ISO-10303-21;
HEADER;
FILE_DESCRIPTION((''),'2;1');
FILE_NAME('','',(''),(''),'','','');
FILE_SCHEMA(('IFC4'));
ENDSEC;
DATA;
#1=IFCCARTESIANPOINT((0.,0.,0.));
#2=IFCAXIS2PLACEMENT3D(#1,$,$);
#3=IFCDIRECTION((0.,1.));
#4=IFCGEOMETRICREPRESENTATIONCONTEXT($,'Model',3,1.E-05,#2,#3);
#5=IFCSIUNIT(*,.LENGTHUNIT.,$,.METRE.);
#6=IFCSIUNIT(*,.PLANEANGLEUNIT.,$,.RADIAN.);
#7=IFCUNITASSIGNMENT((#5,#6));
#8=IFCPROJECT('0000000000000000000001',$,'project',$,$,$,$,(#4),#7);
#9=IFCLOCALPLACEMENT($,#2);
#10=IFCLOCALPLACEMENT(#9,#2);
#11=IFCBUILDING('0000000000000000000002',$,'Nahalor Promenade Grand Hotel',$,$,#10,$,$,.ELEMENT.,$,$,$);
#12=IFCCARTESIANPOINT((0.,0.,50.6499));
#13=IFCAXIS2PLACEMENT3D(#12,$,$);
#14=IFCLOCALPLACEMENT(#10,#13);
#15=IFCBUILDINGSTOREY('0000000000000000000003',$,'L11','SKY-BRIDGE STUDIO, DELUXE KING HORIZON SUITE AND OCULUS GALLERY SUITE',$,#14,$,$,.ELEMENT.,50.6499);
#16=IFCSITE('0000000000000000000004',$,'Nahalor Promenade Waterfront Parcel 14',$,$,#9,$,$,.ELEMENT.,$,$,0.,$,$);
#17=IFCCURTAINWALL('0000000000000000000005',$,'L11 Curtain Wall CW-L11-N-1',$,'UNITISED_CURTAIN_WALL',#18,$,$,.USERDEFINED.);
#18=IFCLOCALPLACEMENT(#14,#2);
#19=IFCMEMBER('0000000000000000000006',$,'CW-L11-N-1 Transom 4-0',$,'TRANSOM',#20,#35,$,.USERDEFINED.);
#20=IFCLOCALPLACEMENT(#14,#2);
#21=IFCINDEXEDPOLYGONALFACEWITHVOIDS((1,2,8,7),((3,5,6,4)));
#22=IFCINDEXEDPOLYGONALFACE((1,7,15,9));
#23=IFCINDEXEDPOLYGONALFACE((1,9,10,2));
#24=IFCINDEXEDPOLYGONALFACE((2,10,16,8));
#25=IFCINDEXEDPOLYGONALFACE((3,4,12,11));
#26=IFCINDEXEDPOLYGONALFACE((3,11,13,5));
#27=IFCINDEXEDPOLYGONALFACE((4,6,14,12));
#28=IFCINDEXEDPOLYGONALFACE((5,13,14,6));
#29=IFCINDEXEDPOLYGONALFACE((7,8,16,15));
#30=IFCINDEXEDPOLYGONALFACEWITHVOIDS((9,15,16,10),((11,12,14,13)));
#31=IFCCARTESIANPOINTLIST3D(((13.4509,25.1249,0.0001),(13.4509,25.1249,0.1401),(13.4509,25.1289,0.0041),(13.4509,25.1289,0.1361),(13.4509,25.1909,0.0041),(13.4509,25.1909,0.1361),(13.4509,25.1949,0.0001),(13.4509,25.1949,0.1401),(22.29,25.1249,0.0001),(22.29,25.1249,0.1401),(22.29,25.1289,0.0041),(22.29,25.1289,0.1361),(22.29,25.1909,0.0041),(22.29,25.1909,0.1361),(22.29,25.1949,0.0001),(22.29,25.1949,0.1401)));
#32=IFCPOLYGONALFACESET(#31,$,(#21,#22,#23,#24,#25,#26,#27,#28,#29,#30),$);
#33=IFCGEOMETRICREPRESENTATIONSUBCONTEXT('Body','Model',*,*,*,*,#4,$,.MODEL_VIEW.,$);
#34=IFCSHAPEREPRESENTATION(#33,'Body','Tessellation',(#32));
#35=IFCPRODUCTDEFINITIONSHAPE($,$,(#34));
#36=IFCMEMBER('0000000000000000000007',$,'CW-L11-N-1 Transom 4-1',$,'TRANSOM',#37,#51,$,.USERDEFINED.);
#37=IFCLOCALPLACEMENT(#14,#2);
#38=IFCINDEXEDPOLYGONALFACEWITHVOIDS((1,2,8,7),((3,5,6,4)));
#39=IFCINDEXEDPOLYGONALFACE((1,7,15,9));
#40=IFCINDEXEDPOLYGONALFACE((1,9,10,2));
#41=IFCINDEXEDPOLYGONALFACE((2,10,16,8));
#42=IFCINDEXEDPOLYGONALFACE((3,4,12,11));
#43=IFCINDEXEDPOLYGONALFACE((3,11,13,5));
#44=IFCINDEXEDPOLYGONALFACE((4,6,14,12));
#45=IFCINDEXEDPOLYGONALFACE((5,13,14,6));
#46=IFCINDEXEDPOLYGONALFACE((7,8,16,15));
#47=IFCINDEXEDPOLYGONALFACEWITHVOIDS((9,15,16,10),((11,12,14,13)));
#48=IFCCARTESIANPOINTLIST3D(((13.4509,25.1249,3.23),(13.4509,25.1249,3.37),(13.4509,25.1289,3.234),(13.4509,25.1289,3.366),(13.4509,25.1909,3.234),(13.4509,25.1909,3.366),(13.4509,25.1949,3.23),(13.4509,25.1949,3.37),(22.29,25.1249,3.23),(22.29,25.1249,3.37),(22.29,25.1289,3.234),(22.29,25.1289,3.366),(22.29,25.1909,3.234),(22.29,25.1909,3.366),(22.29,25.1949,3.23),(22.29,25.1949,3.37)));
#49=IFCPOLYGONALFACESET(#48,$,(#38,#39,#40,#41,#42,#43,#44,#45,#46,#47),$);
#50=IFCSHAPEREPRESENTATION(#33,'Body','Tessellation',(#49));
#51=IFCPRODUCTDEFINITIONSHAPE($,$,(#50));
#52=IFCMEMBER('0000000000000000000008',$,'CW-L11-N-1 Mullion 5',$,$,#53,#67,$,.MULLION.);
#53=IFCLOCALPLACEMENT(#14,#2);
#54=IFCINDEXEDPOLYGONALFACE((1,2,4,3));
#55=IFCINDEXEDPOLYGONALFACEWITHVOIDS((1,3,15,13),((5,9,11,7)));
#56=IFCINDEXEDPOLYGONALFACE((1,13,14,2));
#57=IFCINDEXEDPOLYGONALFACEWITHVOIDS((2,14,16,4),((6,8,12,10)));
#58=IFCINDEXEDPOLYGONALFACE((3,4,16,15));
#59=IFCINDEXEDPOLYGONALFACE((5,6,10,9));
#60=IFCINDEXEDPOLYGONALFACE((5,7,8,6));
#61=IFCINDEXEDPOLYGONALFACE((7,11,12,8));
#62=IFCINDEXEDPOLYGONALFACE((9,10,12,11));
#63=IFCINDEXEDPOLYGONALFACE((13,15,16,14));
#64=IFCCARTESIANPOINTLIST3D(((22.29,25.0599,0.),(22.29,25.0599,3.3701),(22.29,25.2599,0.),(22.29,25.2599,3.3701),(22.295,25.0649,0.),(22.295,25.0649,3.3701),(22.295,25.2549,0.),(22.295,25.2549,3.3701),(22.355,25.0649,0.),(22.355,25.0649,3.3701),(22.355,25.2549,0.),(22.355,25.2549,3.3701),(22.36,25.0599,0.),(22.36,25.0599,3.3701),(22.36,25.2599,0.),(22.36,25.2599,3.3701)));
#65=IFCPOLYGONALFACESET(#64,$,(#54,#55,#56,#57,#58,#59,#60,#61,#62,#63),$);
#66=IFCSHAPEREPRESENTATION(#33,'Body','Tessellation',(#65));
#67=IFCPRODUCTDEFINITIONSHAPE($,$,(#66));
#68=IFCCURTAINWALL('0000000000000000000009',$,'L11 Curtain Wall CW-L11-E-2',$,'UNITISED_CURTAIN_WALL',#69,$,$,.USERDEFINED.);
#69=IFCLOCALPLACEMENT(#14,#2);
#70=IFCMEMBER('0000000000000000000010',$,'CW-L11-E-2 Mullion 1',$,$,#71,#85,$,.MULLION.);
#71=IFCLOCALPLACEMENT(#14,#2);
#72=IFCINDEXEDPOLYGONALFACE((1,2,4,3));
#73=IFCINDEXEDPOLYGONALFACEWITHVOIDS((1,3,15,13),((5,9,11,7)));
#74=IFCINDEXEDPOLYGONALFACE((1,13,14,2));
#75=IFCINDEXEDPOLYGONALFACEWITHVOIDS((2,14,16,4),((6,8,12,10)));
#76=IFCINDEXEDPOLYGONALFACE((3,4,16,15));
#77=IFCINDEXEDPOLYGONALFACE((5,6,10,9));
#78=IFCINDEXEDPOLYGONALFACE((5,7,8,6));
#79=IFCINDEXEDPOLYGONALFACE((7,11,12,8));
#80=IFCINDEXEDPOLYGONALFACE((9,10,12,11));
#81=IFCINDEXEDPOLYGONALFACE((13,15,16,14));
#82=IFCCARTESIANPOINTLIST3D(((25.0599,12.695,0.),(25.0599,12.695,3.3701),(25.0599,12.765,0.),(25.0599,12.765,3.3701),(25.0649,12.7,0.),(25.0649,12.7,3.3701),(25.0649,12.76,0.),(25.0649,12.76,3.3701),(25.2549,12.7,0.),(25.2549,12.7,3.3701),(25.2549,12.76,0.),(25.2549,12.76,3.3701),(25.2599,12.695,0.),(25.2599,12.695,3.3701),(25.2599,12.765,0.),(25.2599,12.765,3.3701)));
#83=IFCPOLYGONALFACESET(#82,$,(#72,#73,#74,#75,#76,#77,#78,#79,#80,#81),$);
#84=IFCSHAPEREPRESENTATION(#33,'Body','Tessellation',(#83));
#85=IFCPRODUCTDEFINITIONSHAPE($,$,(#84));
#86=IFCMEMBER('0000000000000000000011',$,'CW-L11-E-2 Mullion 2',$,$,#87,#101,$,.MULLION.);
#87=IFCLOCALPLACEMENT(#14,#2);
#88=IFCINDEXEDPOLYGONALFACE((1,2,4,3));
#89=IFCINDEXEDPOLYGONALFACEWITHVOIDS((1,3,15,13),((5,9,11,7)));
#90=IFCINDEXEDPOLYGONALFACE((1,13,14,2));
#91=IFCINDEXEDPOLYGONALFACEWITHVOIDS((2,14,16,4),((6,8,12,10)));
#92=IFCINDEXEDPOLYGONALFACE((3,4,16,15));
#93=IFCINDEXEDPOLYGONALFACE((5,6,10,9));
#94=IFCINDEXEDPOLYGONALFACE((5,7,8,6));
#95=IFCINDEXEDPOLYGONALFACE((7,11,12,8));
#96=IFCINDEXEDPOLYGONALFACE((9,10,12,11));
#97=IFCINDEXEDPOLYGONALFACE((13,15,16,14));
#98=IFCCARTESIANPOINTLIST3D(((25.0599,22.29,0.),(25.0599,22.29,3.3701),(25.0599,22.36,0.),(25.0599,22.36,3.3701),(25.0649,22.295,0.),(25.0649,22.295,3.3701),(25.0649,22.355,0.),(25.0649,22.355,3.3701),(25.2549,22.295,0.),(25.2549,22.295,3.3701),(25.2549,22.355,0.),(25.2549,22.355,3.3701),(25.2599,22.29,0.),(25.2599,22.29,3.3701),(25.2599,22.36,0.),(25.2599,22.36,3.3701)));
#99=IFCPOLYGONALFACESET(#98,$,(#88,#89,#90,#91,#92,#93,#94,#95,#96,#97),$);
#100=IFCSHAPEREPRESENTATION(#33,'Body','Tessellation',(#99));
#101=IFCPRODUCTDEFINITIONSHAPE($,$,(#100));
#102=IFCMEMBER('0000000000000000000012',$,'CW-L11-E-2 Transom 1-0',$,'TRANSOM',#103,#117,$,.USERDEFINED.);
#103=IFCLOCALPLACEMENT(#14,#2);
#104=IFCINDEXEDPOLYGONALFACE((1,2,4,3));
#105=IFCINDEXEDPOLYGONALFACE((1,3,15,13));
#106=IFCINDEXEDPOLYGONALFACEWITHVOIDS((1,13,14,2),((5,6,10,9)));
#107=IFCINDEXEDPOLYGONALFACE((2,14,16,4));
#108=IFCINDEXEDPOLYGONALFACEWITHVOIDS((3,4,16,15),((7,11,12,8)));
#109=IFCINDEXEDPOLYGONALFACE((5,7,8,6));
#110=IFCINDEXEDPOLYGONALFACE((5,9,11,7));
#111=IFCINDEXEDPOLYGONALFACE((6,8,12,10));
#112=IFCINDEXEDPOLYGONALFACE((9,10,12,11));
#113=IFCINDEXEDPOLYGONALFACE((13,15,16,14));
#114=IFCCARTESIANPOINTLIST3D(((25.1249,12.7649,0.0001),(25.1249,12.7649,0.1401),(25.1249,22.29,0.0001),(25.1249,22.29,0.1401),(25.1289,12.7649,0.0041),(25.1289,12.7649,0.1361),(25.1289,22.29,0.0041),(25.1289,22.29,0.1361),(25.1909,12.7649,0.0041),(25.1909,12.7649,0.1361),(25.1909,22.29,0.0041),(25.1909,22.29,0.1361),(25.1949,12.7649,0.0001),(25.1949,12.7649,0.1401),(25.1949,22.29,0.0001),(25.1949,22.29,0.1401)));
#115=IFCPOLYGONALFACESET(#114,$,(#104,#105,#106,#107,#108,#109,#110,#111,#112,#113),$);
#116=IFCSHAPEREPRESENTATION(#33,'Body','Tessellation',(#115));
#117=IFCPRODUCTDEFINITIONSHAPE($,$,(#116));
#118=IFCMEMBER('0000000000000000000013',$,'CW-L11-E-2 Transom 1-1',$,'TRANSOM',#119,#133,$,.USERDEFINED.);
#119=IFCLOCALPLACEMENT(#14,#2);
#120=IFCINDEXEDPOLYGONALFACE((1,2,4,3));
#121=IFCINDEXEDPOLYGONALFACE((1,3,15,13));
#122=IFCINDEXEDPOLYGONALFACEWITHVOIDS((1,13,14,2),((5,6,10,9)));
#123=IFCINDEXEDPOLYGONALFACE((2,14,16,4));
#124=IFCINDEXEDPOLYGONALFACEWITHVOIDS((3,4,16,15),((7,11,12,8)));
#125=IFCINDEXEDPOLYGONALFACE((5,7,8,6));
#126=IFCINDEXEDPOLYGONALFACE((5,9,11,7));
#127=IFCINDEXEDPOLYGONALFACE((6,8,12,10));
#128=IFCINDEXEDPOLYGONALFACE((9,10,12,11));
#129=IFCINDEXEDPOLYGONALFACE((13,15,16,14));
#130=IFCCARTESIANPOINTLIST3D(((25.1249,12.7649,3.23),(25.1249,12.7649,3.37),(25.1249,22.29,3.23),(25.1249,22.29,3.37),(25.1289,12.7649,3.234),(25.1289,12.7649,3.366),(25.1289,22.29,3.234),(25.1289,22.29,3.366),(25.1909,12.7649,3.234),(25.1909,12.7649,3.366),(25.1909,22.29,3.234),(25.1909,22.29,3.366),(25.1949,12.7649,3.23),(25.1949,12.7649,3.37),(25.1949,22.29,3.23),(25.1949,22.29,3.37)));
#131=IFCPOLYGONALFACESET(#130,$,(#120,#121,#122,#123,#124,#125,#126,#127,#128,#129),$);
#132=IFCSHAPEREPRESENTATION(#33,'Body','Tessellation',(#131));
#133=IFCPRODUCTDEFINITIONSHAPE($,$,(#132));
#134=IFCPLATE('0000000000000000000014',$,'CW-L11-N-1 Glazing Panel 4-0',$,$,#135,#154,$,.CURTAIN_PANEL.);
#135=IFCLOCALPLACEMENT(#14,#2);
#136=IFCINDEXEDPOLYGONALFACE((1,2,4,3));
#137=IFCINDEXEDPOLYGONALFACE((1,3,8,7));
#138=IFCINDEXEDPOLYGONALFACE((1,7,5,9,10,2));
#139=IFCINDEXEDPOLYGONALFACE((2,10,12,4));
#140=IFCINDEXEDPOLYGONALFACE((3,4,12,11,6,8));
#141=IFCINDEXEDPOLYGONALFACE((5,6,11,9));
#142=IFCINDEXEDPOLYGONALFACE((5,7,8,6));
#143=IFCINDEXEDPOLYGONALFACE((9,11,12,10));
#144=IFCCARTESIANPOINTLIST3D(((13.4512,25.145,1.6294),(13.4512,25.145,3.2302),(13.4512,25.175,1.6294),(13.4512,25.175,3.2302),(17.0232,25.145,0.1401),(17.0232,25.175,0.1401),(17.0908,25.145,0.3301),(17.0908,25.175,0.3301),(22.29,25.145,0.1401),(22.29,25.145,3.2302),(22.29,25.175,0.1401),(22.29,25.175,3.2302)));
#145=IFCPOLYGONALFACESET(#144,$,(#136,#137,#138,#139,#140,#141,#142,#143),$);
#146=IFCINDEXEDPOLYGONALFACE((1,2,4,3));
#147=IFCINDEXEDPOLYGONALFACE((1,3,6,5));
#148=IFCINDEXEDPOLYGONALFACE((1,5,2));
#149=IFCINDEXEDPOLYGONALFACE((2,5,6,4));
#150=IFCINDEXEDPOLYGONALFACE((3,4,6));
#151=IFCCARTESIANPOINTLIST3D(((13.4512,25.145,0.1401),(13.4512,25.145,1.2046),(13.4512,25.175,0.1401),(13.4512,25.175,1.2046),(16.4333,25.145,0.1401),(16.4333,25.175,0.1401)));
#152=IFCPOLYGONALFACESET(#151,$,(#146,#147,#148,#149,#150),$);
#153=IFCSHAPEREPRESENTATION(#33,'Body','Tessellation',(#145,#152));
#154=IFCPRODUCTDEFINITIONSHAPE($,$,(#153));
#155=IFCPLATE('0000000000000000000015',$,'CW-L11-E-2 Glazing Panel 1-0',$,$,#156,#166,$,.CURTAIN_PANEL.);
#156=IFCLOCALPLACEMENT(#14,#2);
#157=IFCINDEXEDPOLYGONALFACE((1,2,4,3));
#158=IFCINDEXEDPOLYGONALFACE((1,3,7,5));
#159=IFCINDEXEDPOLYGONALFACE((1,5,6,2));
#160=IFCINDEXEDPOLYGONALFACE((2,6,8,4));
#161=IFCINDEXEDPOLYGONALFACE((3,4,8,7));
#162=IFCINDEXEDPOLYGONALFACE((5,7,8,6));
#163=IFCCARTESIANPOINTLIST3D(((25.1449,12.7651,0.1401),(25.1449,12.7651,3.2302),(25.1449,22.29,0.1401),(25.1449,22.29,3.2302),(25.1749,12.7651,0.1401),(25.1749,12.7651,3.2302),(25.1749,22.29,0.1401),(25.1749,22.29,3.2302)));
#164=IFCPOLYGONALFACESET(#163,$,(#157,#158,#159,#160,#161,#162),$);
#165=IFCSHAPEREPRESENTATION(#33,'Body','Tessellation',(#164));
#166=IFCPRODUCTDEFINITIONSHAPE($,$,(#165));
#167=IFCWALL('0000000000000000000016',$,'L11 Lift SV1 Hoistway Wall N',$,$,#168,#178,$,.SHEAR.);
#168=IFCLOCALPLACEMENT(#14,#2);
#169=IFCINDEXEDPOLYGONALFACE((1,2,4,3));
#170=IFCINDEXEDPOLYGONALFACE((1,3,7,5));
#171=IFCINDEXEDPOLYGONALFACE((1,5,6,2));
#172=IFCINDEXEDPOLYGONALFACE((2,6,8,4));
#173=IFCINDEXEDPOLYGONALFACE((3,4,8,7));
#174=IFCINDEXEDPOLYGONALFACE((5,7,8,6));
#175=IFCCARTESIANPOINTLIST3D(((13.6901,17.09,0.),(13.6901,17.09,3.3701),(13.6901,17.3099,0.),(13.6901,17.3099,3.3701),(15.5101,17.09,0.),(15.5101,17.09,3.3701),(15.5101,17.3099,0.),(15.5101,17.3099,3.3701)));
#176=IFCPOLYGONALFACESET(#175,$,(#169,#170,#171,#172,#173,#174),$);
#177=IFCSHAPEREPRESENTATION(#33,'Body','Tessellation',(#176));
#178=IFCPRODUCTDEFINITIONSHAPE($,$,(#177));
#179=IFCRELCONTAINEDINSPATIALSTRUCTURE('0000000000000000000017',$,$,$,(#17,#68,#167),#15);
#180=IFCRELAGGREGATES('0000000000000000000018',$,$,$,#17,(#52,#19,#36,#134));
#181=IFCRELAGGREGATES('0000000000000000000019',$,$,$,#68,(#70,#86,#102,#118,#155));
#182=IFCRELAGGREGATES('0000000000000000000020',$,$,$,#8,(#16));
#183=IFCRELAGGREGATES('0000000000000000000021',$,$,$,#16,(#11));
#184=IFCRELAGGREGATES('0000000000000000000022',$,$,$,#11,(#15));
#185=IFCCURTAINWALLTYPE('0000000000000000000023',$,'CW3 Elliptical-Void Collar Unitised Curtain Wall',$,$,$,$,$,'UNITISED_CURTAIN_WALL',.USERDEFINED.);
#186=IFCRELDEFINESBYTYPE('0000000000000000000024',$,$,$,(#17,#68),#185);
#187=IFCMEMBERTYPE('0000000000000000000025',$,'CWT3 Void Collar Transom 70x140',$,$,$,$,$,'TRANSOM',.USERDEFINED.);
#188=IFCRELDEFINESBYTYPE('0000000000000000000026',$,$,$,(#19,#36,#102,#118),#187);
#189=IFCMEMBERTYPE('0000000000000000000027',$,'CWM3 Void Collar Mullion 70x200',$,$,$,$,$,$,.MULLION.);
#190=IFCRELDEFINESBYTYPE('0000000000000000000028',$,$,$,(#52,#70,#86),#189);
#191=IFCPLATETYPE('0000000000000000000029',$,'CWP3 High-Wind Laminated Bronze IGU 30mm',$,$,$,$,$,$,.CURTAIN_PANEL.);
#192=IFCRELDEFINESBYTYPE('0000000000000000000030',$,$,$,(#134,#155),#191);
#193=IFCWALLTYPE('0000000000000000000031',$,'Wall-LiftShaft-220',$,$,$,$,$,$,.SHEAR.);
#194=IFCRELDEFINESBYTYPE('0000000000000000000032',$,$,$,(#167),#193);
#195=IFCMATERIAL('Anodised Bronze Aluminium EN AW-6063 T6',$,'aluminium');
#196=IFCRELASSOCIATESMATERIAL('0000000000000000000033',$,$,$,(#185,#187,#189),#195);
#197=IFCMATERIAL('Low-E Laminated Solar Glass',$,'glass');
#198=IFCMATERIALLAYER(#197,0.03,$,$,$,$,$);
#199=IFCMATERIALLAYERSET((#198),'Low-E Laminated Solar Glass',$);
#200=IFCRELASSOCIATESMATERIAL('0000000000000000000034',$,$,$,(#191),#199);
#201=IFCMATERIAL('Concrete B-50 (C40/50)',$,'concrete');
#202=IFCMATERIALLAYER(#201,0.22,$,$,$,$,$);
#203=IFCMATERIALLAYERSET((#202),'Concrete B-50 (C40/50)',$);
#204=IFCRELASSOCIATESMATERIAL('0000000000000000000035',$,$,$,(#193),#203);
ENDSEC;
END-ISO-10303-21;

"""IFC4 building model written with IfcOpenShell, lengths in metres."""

from ifc_helpers import new_model, si_unit, direction, frame, frame_2d, origin, origin_2d, place, context, subcontext, project, spatial, polyline, rectangle, hollow_rectangle, outline, extrude, source, transform, mapped, material, layer, layer_set, material_profile, profile_set, type_object, element, aggregate, save


model = new_model("IFC4")

# Units and contexts
model_context = context("Model", 3, precision=1e-05, world=origin(), true_north=direction((0.0, 1.0)))
body_context = subcontext(model_context, "Body", "Model", "MODEL_VIEW")
ifc_project = project(units=[si_unit("LENGTHUNIT", "METRE"), si_unit("PLANEANGLEUNIT", "RADIAN")], contexts=[model_context])

# Site, building, storey
site_placement = place(None, origin())
site = spatial("IfcSite", under=ifc_project, at=site_placement, Name="Nahalor Promenade Waterfront Parcel 14", CompositionType="ELEMENT", RefElevation=0.0)
building_placement = place(site_placement, origin())
building = spatial("IfcBuilding", under=site, at=building_placement, Name="Nahalor Promenade Grand Hotel", CompositionType="ELEMENT")
storey_placement = place(building_placement, frame((0.0, 0.0, 50.6499)))
storey = spatial("IfcBuildingStorey", under=building, at=storey_placement, Name="L11", Description="SKY-BRIDGE STUDIO, DELUXE KING HORIZON SUITE AND OCULUS GALLERY SUITE", CompositionType="ELEMENT", Elevation=50.6499)

# Curtain walls, members
ifc_material_1 = material(Name="Anodised Bronze Aluminium EN AW-6063 T6", Category="aluminium")
curtain_wall_type = type_object("IfcCurtainWallType", Name="CW3 Elliptical-Void Collar Unitised Curtain Wall", ElementType="UNITISED_CURTAIN_WALL", PredefinedType="USERDEFINED", material=ifc_material_1)
curtain_wall_1_placement = place(storey_placement, origin())
curtain_wall_1 = element("IfcCurtainWall", 1, at=curtain_wall_1_placement, inside=storey, type_object=curtain_wall_type, Name="L11 Curtain Wall CW-L11-N-1", ObjectType="UNITISED_CURTAIN_WALL", PredefinedType="USERDEFINED")
ifc_material_profile_1 = material_profile(ifc_material_1, hollow_rectangle(XDim=0.07, YDim=0.14, WallThickness=0.004, at=origin_2d()), Name="CWT 70x140x4")
ifc_profile_set_1 = profile_set([ifc_material_profile_1], Name="Anodised Bronze Aluminium EN AW-6063 T6")
member_type_1 = type_object("IfcMemberType", Name="CWT3 Void Collar Transom 70x140", ElementType="TRANSOM", PredefinedType="USERDEFINED", material=ifc_profile_set_1)
shared_shape_1 = source(origin(), body_context, "Body", "SweptSolid", [
    extrude(hollow_rectangle(XDim=0.07, YDim=0.14, WallThickness=0.004, at=origin_2d()), origin(), (0.0, 0.0, 1.0), 8.8391),
])
member_1_placement = place(storey_placement, frame((13.4509, 25.1599, 0.0701), z_axis=(1.0, 0.0, 0.0), x_axis=(0.0, 1.0, 0.0)))
member_1 = element("IfcMember", 2, at=member_1_placement, type_object=member_type_1, Name="CW-L11-N-1 Transom 4-0", ObjectType="TRANSOM", PredefinedType="USERDEFINED", context=body_context, shape_type="MappedRepresentation", body=[
    mapped(shared_shape_1, transform((0.0, 0.0, 0.0), scale=1.0)),
])
member_2_placement = place(storey_placement, frame((13.4509, 25.1599, 3.3), z_axis=(1.0, 0.0, 0.0), x_axis=(0.0, 1.0, 0.0)))
member_2 = element("IfcMember", 3, at=member_2_placement, type_object=member_type_1, Name="CW-L11-N-1 Transom 4-1", ObjectType="TRANSOM", PredefinedType="USERDEFINED", context=body_context, shape_type="MappedRepresentation", body=[
    mapped(shared_shape_1, transform((0.0, 0.0, 0.0), scale=1.0)),
])
ifc_material_profile_2 = material_profile(ifc_material_1, hollow_rectangle(XDim=0.07, YDim=0.2, WallThickness=0.005, at=origin_2d()), Name="CWM 70x200x5")
ifc_profile_set_2 = profile_set([ifc_material_profile_2], Name="Anodised Bronze Aluminium EN AW-6063 T6")
member_type_2 = type_object("IfcMemberType", Name="CWM3 Void Collar Mullion 70x200", PredefinedType="MULLION", material=ifc_profile_set_2)
shared_shape_2 = source(origin(), body_context, "Body", "SweptSolid", [
    extrude(hollow_rectangle(XDim=0.07, YDim=0.2, WallThickness=0.005, at=origin_2d()), origin(), (0.0, 0.0, 1.0), 3.3701),
])
member_3_placement = place(storey_placement, frame((22.325, 25.1599, 0.0), z_axis=(0.0, 0.0, 1.0), x_axis=(1.0, 0.0, 0.0)))
member_3 = element("IfcMember", 4, at=member_3_placement, type_object=member_type_2, Name="CW-L11-N-1 Mullion 5", PredefinedType="MULLION", context=body_context, shape_type="MappedRepresentation", body=[
    mapped(shared_shape_2, transform((0.0, 0.0, 0.0), scale=1.0)),
])
curtain_wall_2_placement = place(storey_placement, origin())
curtain_wall_2 = element("IfcCurtainWall", 5, at=curtain_wall_2_placement, inside=storey, type_object=curtain_wall_type, Name="L11 Curtain Wall CW-L11-E-2", ObjectType="UNITISED_CURTAIN_WALL", PredefinedType="USERDEFINED")
member_4_placement = place(storey_placement, frame((25.1599, 12.73, 0.0), z_axis=(0.0, 0.0, 1.0), x_axis=(0.0, 1.0, 0.0)))
member_4 = element("IfcMember", 6, at=member_4_placement, type_object=member_type_2, Name="CW-L11-E-2 Mullion 1", PredefinedType="MULLION", context=body_context, shape_type="MappedRepresentation", body=[
    mapped(shared_shape_2, transform((0.0, 0.0, 0.0), scale=1.0)),
])
member_5_placement = place(storey_placement, frame((25.1599, 22.325, 0.0), z_axis=(0.0, 0.0, 1.0), x_axis=(0.0, 1.0, 0.0)))
member_5 = element("IfcMember", 7, at=member_5_placement, type_object=member_type_2, Name="CW-L11-E-2 Mullion 2", PredefinedType="MULLION", context=body_context, shape_type="MappedRepresentation", body=[
    mapped(shared_shape_2, transform((0.0, 0.0, 0.0), scale=1.0)),
])
shared_shape_3 = source(origin(), body_context, "Body", "SweptSolid", [
    extrude(hollow_rectangle(XDim=0.07, YDim=0.14, WallThickness=0.004, at=origin_2d()), origin(), (0.0, 0.0, 1.0), 9.5251),
])
member_6_placement = place(storey_placement, frame((25.1599, 12.7649, 0.0701), z_axis=(0.0, 1.0, 0.0), x_axis=(-1.0, 0.0, 0.0)))
member_6 = element("IfcMember", 8, at=member_6_placement, type_object=member_type_1, Name="CW-L11-E-2 Transom 1-0", ObjectType="TRANSOM", PredefinedType="USERDEFINED", context=body_context, shape_type="MappedRepresentation", body=[
    mapped(shared_shape_3, transform((0.0, 0.0, 0.0), scale=1.0)),
])
member_7_placement = place(storey_placement, frame((25.1599, 12.7649, 3.3), z_axis=(0.0, 1.0, 0.0), x_axis=(-1.0, 0.0, 0.0)))
member_7 = element("IfcMember", 9, at=member_7_placement, type_object=member_type_1, Name="CW-L11-E-2 Transom 1-1", ObjectType="TRANSOM", PredefinedType="USERDEFINED", context=body_context, shape_type="MappedRepresentation", body=[
    mapped(shared_shape_3, transform((0.0, 0.0, 0.0), scale=1.0)),
])

# Plates
ifc_material_2 = material(Name="Low-E Laminated Solar Glass", Category="glass")
ifc_layer_1 = layer(ifc_material_2, 0.03)
ifc_layer_set_1 = layer_set([ifc_layer_1], Name="Low-E Laminated Solar Glass")
plate_type = type_object("IfcPlateType", Name="CWP3 High-Wind Laminated Bronze IGU 30mm", PredefinedType="CURTAIN_PANEL", material=ifc_layer_set_1)
plate_1_placement = place(storey_placement, frame((17.8706, 25.1599, 0.1401), z_axis=(0.0, 0.0, 1.0), x_axis=(1.0, 0.0, 0.0)))
plate_1 = element("IfcPlate", 10, at=plate_1_placement, type_object=plate_type, Name="CW-L11-N-1 Glazing Panel 4-0", PredefinedType="CURTAIN_PANEL", context=body_context, shape_type="SweptSolid", body=[
    extrude(outline(polyline([(4.4194, 3.0901), (-4.4194, 3.0901), (-4.4194, 1.4893), (-0.7798, 0.1899), (-0.8474, 0.0), (4.4194, 0.0), (4.4194, 3.0901)])), frame((0.0, 0.0151, 0.0), z_axis=(0.0, -1.0, 0.0), x_axis=(1.0, 0.0, 0.0)), (0.0, 0.0, 1.0), 0.03),
    extrude(outline(polyline([(-4.4194, 1.0645), (-4.4194, 0.0), (-1.4373, 0.0), (-4.4194, 1.0645)])), frame((0.0, 0.0151, 0.0), z_axis=(0.0, -1.0, 0.0), x_axis=(1.0, 0.0, 0.0)), (0.0, 0.0, 1.0), 0.03),
])
aggregate(curtain_wall_1, [member_3, member_1, member_2, plate_1])
shared_shape_4 = source(origin(), body_context, "Body", "SweptSolid", [
    extrude(rectangle(XDim=9.5249, YDim=0.03, at=origin_2d()), origin(), (0.0, 0.0, 1.0), 3.0901),
])
plate_2_placement = place(storey_placement, frame((25.1599, 17.5276, 0.1401), z_axis=(0.0, 0.0, 1.0), x_axis=(0.0, 1.0, 0.0)))
plate_2 = element("IfcPlate", 11, at=plate_2_placement, type_object=plate_type, Name="CW-L11-E-2 Glazing Panel 1-0", PredefinedType="CURTAIN_PANEL", context=body_context, shape_type="MappedRepresentation", body=[
    mapped(shared_shape_4, transform((0.0, 0.0, 0.0), scale=1.0)),
])
aggregate(curtain_wall_2, [member_4, member_5, member_6, member_7, plate_2])

# Wall
ifc_material_3 = material(Name="Concrete B-50 (C40/50)", Category="concrete")
ifc_layer_2 = layer(ifc_material_3, 0.22)
ifc_layer_set_2 = layer_set([ifc_layer_2], Name="Concrete B-50 (C40/50)")
wall_type_1 = type_object("IfcWallType", Name="Wall-LiftShaft-220", PredefinedType="SHEAR", material=ifc_layer_set_2)
shared_shape_5 = source(origin(), body_context, "Body", "SweptSolid", [
    extrude(rectangle(XDim=1.8201, YDim=0.22, at=frame_2d((0.9102, 0.0))), origin(), (0.0, 0.0, 1.0), 3.3701),
])
wall_1_placement = place(storey_placement, frame((13.6899, 17.2, 0.0), z_axis=(0.0, 0.0, 1.0), x_axis=(1.0, 0.0, 0.0)))
element("IfcWall", 12, at=wall_1_placement, inside=storey, type_object=wall_type_1, Name="L11 Lift SV1 Hoistway Wall N", PredefinedType="SHEAR", context=body_context, shape_type="MappedRepresentation", body=[
    mapped(shared_shape_5, transform((0.0, 0.0, 0.0), scale=1.0)),
])

save(model, "model.ifc")
